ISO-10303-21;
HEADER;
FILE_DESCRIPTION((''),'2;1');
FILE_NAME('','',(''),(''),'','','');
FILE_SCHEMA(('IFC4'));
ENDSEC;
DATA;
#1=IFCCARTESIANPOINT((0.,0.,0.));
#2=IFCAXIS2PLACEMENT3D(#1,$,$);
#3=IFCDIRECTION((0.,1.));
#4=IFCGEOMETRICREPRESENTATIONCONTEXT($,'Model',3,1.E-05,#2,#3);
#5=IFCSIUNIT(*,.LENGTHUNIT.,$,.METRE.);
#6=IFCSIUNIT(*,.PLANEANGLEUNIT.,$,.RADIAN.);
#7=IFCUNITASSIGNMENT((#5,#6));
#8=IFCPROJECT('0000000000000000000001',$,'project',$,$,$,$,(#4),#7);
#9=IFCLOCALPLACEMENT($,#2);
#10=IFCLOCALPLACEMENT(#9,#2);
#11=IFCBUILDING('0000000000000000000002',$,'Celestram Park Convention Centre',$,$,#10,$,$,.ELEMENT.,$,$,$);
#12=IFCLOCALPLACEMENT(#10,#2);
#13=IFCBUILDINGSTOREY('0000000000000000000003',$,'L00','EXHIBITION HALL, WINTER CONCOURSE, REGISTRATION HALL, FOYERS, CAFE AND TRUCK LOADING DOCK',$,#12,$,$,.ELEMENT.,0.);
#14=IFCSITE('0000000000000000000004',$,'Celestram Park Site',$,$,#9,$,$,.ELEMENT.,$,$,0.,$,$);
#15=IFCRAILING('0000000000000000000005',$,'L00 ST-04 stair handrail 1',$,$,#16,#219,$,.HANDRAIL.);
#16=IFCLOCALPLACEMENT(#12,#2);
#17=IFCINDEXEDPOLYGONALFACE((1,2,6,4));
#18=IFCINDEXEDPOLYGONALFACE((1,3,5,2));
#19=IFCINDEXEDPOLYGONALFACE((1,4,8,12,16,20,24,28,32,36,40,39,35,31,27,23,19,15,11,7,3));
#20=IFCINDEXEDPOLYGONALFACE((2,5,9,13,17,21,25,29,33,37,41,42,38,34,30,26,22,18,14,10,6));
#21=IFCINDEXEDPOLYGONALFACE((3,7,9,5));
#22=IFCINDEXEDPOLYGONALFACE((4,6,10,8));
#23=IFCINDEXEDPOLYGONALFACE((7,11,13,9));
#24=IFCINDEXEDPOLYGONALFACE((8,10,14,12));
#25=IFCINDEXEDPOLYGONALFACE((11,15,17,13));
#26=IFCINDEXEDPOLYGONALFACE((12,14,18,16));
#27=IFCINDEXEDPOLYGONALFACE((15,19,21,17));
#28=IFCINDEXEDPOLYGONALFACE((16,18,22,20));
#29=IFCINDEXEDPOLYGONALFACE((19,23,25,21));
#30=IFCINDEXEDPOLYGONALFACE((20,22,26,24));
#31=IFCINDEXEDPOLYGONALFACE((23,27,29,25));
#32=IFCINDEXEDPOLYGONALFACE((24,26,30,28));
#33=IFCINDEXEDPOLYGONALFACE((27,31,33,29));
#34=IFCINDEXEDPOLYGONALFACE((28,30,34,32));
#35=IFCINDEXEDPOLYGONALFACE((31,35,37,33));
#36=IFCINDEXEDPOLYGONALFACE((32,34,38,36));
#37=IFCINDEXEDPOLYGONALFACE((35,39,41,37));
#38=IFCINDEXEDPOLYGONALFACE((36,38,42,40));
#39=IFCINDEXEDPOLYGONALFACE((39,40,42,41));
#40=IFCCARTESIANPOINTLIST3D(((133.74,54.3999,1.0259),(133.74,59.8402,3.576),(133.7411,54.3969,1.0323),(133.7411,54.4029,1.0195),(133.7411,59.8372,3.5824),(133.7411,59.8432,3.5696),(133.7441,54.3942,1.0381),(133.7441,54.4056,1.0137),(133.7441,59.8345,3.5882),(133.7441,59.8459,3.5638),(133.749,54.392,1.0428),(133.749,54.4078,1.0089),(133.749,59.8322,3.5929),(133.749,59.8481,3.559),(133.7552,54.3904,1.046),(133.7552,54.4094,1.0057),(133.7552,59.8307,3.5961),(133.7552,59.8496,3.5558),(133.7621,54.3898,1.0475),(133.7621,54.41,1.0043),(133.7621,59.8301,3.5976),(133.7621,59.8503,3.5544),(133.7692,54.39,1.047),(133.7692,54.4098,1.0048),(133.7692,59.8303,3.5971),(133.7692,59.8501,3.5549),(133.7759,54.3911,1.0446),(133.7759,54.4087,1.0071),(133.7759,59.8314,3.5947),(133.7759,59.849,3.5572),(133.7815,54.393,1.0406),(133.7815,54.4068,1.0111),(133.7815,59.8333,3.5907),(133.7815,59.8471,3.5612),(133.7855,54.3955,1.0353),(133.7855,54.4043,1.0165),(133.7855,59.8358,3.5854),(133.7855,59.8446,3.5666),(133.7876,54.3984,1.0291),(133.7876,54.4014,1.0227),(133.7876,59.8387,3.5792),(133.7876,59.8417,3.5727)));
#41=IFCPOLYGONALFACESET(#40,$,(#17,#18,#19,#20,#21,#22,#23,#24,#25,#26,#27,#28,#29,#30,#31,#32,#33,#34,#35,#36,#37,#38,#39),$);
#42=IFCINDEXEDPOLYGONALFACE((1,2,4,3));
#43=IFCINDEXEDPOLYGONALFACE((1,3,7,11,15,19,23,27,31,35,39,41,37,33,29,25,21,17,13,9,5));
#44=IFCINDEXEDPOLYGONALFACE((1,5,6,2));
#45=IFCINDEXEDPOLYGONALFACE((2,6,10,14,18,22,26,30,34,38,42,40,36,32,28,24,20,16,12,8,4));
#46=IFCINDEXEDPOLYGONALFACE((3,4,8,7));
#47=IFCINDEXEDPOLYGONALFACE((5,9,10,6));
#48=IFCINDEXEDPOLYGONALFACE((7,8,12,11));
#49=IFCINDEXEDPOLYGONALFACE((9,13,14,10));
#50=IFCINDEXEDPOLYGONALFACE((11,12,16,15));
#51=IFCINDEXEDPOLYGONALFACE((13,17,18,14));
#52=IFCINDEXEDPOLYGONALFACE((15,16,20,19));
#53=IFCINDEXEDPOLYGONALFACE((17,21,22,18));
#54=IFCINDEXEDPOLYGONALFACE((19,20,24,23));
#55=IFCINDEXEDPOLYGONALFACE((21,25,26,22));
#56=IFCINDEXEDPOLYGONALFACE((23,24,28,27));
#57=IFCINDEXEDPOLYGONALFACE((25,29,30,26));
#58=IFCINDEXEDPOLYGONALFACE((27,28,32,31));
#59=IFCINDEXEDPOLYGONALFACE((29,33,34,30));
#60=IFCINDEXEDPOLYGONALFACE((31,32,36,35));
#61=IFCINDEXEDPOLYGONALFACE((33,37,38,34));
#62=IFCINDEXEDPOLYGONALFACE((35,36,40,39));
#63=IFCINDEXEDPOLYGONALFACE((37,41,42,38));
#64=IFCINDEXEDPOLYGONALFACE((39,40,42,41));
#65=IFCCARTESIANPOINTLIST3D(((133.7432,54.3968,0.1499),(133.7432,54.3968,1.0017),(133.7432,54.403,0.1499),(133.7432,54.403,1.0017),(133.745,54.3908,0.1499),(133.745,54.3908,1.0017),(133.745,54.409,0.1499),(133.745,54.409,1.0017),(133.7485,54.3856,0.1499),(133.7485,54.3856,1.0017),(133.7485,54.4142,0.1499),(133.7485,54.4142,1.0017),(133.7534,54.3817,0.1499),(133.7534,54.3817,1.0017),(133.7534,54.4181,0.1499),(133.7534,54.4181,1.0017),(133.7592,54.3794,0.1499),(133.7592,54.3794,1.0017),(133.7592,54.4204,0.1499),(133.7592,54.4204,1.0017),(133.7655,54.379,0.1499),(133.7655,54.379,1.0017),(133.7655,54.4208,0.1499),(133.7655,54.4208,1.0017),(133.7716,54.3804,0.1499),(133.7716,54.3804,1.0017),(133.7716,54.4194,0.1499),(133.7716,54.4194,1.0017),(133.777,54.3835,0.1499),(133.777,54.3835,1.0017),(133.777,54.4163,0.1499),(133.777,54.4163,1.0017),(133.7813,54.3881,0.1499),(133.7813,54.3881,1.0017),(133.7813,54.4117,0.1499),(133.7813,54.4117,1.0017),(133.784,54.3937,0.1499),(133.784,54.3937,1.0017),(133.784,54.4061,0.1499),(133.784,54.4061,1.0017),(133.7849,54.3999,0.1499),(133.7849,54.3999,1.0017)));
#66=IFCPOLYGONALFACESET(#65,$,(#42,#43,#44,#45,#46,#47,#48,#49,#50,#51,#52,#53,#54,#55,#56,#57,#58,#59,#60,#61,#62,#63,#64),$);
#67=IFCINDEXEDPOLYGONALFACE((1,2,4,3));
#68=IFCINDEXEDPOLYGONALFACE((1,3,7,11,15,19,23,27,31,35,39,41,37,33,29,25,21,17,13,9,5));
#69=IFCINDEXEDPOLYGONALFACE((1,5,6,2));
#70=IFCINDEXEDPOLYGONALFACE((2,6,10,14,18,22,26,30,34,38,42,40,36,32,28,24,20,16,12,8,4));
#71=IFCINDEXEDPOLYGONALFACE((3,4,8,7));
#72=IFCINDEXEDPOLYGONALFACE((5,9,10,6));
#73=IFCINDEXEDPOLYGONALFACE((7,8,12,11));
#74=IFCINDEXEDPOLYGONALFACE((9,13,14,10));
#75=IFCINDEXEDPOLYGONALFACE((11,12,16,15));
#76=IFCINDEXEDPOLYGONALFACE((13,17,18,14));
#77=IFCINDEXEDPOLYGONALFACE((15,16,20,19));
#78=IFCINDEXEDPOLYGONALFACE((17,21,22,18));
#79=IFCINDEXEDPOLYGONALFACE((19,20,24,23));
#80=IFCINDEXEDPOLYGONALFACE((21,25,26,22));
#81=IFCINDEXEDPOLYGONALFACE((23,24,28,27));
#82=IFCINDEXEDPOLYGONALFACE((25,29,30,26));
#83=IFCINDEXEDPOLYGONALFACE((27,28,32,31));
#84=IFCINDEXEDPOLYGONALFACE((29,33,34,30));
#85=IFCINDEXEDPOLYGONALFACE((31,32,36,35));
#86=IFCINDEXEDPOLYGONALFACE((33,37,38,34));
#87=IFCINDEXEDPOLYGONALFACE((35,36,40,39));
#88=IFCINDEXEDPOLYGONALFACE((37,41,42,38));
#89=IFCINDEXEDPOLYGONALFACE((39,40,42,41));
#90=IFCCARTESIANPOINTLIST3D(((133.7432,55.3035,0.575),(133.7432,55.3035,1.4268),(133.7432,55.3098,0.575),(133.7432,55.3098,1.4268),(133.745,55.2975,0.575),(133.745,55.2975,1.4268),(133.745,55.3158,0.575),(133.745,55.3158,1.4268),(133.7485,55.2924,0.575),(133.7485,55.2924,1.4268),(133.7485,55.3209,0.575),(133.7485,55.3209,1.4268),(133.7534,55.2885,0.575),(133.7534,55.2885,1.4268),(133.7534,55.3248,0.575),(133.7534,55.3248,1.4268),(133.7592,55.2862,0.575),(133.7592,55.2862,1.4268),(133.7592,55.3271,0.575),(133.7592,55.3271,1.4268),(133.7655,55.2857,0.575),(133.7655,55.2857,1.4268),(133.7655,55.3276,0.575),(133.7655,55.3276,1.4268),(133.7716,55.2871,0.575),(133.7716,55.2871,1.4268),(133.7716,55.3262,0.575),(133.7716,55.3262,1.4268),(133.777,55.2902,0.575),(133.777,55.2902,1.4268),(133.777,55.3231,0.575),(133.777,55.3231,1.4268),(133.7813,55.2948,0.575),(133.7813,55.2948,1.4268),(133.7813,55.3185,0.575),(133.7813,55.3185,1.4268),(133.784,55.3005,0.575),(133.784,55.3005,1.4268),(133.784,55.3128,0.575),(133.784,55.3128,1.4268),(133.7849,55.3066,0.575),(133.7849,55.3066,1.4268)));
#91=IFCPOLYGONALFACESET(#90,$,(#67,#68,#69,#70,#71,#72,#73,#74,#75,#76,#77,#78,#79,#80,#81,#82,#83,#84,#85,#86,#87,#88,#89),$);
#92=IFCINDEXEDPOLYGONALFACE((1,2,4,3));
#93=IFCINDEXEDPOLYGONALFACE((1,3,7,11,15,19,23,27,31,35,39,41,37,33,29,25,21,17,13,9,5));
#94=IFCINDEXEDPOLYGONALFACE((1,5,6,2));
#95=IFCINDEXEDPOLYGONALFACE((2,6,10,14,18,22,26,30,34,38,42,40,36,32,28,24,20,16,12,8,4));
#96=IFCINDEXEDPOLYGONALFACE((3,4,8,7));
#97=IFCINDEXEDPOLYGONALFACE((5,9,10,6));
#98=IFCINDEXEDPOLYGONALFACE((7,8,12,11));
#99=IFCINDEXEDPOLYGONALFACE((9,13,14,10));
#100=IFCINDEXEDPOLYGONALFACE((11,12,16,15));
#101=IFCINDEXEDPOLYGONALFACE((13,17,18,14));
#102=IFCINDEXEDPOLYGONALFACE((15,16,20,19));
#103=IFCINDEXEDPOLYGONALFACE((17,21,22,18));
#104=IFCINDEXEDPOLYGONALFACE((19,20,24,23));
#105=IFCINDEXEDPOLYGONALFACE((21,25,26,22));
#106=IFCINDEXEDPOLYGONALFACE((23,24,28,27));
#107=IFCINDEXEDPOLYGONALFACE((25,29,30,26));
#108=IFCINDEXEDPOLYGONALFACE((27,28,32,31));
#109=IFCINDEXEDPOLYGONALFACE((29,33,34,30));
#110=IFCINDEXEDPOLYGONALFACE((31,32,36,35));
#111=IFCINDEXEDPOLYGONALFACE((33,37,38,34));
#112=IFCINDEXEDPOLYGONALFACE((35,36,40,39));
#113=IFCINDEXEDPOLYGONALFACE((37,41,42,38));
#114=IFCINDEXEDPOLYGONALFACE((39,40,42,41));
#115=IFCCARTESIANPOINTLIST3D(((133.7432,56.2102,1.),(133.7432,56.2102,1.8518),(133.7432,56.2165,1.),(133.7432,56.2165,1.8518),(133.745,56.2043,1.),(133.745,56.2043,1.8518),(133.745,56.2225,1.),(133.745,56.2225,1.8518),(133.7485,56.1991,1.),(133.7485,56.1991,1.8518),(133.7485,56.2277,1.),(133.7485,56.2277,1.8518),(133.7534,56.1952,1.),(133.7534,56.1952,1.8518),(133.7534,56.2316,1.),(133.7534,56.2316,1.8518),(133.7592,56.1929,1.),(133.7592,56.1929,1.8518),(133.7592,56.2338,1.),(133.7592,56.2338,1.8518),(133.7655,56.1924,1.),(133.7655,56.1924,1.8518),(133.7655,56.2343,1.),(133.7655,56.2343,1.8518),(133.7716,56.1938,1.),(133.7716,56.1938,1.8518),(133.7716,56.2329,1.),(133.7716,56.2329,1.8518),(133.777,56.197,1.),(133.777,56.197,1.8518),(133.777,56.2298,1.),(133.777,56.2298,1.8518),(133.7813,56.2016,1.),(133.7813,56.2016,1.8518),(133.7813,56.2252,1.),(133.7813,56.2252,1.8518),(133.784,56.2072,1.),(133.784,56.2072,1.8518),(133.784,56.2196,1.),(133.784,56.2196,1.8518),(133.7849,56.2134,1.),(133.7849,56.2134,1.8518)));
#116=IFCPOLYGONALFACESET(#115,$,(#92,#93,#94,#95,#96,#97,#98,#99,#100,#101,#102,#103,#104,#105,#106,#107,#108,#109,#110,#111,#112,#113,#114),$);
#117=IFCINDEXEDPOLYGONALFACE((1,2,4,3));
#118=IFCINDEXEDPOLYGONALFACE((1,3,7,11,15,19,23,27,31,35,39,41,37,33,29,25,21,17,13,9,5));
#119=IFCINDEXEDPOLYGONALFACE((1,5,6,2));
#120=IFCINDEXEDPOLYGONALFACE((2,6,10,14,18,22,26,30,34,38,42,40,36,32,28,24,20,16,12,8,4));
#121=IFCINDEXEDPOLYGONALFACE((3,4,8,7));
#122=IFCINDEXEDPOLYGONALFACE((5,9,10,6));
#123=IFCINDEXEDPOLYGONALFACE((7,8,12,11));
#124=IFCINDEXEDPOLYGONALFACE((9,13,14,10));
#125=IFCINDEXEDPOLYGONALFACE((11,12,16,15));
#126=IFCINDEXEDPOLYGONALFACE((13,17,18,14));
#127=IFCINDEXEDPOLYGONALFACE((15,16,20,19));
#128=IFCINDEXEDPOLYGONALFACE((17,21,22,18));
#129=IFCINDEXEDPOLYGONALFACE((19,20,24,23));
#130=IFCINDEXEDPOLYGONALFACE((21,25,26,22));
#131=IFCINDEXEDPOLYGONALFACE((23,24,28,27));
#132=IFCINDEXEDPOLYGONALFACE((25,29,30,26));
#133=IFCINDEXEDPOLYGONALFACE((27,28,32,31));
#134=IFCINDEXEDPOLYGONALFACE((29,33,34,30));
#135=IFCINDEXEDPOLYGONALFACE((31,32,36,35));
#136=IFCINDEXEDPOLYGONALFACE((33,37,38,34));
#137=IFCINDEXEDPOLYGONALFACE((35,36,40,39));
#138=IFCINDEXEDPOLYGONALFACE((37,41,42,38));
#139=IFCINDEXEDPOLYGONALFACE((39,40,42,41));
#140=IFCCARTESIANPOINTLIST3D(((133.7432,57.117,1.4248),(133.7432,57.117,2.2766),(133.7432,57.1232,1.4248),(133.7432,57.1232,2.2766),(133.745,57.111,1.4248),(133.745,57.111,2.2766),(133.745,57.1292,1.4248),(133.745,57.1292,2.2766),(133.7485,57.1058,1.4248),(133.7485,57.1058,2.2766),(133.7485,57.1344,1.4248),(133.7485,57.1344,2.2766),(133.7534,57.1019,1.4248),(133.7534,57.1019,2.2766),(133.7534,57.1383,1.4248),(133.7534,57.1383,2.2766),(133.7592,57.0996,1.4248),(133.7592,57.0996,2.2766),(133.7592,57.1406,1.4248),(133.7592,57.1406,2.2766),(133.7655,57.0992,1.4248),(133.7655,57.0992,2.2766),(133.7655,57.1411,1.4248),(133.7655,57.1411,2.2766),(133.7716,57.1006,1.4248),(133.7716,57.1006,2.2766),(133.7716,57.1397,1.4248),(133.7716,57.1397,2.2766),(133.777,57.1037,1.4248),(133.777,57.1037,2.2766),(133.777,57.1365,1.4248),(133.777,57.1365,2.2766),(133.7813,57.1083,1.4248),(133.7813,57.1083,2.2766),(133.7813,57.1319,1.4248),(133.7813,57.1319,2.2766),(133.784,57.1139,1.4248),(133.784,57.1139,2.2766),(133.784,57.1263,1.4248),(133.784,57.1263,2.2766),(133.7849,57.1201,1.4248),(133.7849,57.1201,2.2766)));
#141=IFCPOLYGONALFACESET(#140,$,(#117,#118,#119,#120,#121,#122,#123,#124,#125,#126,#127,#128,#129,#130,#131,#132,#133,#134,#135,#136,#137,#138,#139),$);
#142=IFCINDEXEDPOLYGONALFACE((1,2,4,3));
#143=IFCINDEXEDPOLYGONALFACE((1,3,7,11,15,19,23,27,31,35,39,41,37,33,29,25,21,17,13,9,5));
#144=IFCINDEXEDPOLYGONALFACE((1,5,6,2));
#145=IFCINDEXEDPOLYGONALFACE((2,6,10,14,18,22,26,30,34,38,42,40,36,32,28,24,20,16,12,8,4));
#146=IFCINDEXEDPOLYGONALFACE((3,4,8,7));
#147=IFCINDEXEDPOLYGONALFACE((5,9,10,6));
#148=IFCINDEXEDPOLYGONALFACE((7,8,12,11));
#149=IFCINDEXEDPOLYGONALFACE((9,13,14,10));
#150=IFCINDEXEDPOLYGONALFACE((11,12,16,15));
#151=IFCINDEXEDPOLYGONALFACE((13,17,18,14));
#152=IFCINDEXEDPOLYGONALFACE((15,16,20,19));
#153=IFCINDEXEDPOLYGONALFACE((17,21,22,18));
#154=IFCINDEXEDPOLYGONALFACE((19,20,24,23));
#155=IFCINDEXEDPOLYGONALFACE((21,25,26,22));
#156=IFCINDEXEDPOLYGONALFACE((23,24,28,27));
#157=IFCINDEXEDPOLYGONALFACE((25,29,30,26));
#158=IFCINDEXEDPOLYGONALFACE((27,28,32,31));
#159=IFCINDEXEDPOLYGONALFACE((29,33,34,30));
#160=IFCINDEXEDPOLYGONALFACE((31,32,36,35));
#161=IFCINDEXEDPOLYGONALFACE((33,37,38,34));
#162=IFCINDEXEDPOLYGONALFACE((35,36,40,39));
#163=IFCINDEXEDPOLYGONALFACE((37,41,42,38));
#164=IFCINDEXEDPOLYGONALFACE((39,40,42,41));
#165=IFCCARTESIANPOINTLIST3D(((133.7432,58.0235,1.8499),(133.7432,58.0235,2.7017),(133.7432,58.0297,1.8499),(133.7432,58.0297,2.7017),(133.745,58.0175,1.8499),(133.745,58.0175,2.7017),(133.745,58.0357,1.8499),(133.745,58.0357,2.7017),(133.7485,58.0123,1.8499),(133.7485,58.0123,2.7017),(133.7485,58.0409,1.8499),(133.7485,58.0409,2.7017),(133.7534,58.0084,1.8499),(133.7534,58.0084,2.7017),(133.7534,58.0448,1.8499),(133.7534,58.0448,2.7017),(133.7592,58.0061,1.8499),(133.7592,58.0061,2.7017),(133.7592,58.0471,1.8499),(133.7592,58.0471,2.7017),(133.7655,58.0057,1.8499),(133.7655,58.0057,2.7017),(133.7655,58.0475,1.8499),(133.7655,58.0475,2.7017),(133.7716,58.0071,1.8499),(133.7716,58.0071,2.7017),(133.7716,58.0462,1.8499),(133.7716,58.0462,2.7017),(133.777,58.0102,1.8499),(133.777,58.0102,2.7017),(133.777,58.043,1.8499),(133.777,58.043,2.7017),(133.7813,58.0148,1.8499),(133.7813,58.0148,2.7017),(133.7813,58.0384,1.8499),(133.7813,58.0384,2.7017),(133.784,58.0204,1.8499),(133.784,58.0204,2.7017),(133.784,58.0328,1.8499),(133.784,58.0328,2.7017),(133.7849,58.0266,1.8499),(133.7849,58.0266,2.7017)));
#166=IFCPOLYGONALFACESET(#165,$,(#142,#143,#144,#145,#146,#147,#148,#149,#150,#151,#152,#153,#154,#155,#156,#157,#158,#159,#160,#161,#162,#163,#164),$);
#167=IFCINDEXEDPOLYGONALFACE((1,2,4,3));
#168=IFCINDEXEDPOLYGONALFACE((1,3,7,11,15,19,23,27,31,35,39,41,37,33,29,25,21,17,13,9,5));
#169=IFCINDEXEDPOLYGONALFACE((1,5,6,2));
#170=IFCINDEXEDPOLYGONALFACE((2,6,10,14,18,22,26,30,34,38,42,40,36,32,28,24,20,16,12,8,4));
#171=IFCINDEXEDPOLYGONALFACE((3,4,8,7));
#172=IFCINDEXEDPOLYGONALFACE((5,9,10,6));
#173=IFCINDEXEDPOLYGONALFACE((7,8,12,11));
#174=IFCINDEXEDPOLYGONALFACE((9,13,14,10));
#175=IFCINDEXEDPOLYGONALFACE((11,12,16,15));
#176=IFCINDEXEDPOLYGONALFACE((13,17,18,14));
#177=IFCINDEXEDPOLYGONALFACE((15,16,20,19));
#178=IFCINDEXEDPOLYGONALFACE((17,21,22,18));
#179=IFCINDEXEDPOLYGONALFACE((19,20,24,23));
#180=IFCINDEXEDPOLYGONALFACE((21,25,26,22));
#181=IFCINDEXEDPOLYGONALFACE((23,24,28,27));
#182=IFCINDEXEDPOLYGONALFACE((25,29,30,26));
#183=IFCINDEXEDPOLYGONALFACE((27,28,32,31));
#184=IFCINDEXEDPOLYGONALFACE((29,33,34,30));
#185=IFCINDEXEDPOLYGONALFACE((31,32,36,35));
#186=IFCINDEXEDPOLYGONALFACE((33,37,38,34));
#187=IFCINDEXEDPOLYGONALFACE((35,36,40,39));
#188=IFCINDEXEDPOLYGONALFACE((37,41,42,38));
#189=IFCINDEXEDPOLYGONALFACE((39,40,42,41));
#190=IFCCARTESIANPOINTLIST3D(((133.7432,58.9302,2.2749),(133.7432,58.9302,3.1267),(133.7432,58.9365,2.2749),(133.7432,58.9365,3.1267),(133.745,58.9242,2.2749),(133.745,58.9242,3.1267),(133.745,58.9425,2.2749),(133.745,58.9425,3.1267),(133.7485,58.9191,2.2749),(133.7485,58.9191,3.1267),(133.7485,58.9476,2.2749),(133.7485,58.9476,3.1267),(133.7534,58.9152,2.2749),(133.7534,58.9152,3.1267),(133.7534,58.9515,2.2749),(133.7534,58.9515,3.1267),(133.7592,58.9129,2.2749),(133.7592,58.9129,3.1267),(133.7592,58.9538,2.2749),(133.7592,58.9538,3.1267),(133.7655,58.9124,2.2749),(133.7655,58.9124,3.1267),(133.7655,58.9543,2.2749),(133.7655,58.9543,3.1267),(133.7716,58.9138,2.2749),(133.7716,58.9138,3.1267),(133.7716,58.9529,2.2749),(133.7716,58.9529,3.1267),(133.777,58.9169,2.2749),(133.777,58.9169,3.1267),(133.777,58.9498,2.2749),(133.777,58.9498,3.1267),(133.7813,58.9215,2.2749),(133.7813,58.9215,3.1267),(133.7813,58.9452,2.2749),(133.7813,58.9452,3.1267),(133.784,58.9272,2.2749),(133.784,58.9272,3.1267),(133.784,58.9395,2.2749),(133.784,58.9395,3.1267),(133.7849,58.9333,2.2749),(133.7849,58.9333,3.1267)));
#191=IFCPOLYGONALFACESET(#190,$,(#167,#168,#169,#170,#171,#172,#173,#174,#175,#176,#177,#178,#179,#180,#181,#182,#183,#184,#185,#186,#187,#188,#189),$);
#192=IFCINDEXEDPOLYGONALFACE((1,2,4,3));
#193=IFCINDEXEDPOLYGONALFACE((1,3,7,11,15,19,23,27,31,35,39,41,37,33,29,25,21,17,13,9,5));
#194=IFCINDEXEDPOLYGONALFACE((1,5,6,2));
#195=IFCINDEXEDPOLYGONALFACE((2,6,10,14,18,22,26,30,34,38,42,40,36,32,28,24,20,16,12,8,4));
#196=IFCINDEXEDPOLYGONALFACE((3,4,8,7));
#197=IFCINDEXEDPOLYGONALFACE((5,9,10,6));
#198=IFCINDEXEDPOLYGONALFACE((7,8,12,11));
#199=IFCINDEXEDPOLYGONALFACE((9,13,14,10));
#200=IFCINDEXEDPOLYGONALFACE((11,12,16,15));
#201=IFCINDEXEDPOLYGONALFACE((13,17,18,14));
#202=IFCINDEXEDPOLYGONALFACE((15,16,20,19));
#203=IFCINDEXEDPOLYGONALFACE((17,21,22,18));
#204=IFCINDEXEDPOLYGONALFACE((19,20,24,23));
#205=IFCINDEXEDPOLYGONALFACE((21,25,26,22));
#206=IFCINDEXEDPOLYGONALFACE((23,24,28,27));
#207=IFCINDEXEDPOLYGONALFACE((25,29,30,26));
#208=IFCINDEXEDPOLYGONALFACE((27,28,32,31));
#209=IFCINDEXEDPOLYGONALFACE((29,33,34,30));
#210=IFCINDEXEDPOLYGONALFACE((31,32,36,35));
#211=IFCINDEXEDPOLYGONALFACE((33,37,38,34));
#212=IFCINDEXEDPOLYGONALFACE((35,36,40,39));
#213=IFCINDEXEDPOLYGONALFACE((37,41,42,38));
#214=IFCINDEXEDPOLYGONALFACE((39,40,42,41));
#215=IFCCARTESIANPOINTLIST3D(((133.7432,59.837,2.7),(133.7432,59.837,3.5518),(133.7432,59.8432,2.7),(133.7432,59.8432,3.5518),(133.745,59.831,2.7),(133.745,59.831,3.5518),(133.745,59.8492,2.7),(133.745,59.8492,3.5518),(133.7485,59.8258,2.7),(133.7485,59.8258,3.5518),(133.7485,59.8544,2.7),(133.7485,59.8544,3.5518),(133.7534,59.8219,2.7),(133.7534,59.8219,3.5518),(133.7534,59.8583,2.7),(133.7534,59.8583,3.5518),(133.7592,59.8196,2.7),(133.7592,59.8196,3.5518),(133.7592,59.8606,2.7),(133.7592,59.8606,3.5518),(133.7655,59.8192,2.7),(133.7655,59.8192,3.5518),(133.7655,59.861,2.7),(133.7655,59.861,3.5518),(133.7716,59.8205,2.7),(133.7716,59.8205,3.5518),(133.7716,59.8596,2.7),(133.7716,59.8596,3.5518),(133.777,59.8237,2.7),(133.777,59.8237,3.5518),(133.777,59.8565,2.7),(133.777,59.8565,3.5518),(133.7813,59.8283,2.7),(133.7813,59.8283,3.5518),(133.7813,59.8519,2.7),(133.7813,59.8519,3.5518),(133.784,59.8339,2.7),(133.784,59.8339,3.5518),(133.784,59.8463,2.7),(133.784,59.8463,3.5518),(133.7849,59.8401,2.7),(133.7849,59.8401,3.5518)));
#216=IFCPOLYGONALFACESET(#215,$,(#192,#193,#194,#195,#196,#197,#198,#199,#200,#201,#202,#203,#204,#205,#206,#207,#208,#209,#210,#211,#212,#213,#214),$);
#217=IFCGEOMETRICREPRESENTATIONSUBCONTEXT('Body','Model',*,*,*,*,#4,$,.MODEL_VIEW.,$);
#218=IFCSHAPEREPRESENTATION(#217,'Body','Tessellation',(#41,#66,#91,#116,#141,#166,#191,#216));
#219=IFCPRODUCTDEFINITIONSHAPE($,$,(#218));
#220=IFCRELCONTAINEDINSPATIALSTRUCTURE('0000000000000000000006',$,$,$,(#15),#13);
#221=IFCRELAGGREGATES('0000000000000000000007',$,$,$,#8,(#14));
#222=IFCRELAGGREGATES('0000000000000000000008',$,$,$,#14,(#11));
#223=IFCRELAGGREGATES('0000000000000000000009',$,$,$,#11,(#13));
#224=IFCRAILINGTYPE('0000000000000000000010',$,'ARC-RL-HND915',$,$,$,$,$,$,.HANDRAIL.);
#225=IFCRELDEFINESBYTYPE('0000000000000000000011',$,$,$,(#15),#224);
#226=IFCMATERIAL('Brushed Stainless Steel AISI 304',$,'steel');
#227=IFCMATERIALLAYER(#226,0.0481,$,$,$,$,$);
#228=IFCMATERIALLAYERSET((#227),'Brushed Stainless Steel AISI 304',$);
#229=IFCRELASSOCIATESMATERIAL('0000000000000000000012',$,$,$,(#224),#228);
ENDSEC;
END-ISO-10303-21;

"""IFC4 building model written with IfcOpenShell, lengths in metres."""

from ifc_helpers import new_model, si_unit, direction, frame, origin, origin_2d, place, context, subcontext, project, spatial, circle, extrude, material, layer, layer_set, type_object, element, save


model = new_model("IFC4")

# Units and contexts
model_context = context("Model", 3, precision=1e-05, world=origin(), true_north=direction((0.0, 1.0)))
body_context = subcontext(model_context, "Body", "Model", "MODEL_VIEW")
ifc_project = project(units=[si_unit("LENGTHUNIT", "METRE"), si_unit("PLANEANGLEUNIT", "RADIAN")], contexts=[model_context])

# Site, building, storey
site_placement = place(None, origin())
site = spatial("IfcSite", under=ifc_project, at=site_placement, Name="Celestram Park Site", CompositionType="ELEMENT", RefElevation=0.0)
building_placement = place(site_placement, origin())
building = spatial("IfcBuilding", under=site, at=building_placement, Name="Celestram Park Convention Centre", CompositionType="ELEMENT")
storey_placement = place(building_placement, origin())
storey = spatial("IfcBuildingStorey", under=building, at=storey_placement, Name="L00", Description="EXHIBITION HALL, WINTER CONCOURSE, REGISTRATION HALL, FOYERS, CAFE AND TRUCK LOADING DOCK", CompositionType="ELEMENT", Elevation=0.0)

# Shared definitions
ifc_material_1 = material(Name="Brushed Stainless Steel AISI 304", Category="steel")

# Railing
ifc_layer_1 = layer(ifc_material_1, 0.0481)
ifc_layer_set_1 = layer_set([ifc_layer_1], Name="Brushed Stainless Steel AISI 304")
railing_type_1 = type_object("IfcRailingType", Name="ARC-RL-HND915", PredefinedType="HANDRAIL", material=ifc_layer_set_1)
railing_1_placement = place(storey_placement, frame((133.7639, 54.3999, 0.1499)))
element("IfcRailing", 1, at=railing_1_placement, inside=storey, type_object=railing_type_1, Name="L00 ST-04 stair handrail 1", PredefinedType="HANDRAIL", context=body_context, shape_type="SweptSolid", body=[
    extrude(circle(Radius=0.0239, at=origin_2d()), frame((0.0, 0.0, 0.876), z_axis=(0.0, 0.905461, 0.424429), x_axis=(-1.0, 0.0, 0.0)), (0.0, 0.0, 1.0), 6.0083),
    extrude(circle(Radius=0.021, at=origin_2d()), origin(), (0.0, 0.0, 1.0), 0.8518),
    extrude(circle(Radius=0.021, at=origin_2d()), frame((0.0, 0.9067, 0.425)), (0.0, 0.0, 1.0), 0.8518),
    extrude(circle(Radius=0.021, at=origin_2d()), frame((0.0, 1.8135, 0.8501)), (0.0, 0.0, 1.0), 0.8518),
    extrude(circle(Radius=0.021, at=origin_2d()), frame((0.0, 2.7202, 1.2749)), (0.0, 0.0, 1.0), 0.8518),
    extrude(circle(Radius=0.021, at=origin_2d()), frame((0.0, 3.6267, 1.7)), (0.0, 0.0, 1.0), 0.8518),
    extrude(circle(Radius=0.021, at=origin_2d()), frame((0.0, 4.5334, 2.125)), (0.0, 0.0, 1.0), 0.8518),
    extrude(circle(Radius=0.021, at=origin_2d()), frame((0.0, 5.4402, 2.55)), (0.0, 0.0, 1.0), 0.8518),
])

save(model, "model.ifc")
